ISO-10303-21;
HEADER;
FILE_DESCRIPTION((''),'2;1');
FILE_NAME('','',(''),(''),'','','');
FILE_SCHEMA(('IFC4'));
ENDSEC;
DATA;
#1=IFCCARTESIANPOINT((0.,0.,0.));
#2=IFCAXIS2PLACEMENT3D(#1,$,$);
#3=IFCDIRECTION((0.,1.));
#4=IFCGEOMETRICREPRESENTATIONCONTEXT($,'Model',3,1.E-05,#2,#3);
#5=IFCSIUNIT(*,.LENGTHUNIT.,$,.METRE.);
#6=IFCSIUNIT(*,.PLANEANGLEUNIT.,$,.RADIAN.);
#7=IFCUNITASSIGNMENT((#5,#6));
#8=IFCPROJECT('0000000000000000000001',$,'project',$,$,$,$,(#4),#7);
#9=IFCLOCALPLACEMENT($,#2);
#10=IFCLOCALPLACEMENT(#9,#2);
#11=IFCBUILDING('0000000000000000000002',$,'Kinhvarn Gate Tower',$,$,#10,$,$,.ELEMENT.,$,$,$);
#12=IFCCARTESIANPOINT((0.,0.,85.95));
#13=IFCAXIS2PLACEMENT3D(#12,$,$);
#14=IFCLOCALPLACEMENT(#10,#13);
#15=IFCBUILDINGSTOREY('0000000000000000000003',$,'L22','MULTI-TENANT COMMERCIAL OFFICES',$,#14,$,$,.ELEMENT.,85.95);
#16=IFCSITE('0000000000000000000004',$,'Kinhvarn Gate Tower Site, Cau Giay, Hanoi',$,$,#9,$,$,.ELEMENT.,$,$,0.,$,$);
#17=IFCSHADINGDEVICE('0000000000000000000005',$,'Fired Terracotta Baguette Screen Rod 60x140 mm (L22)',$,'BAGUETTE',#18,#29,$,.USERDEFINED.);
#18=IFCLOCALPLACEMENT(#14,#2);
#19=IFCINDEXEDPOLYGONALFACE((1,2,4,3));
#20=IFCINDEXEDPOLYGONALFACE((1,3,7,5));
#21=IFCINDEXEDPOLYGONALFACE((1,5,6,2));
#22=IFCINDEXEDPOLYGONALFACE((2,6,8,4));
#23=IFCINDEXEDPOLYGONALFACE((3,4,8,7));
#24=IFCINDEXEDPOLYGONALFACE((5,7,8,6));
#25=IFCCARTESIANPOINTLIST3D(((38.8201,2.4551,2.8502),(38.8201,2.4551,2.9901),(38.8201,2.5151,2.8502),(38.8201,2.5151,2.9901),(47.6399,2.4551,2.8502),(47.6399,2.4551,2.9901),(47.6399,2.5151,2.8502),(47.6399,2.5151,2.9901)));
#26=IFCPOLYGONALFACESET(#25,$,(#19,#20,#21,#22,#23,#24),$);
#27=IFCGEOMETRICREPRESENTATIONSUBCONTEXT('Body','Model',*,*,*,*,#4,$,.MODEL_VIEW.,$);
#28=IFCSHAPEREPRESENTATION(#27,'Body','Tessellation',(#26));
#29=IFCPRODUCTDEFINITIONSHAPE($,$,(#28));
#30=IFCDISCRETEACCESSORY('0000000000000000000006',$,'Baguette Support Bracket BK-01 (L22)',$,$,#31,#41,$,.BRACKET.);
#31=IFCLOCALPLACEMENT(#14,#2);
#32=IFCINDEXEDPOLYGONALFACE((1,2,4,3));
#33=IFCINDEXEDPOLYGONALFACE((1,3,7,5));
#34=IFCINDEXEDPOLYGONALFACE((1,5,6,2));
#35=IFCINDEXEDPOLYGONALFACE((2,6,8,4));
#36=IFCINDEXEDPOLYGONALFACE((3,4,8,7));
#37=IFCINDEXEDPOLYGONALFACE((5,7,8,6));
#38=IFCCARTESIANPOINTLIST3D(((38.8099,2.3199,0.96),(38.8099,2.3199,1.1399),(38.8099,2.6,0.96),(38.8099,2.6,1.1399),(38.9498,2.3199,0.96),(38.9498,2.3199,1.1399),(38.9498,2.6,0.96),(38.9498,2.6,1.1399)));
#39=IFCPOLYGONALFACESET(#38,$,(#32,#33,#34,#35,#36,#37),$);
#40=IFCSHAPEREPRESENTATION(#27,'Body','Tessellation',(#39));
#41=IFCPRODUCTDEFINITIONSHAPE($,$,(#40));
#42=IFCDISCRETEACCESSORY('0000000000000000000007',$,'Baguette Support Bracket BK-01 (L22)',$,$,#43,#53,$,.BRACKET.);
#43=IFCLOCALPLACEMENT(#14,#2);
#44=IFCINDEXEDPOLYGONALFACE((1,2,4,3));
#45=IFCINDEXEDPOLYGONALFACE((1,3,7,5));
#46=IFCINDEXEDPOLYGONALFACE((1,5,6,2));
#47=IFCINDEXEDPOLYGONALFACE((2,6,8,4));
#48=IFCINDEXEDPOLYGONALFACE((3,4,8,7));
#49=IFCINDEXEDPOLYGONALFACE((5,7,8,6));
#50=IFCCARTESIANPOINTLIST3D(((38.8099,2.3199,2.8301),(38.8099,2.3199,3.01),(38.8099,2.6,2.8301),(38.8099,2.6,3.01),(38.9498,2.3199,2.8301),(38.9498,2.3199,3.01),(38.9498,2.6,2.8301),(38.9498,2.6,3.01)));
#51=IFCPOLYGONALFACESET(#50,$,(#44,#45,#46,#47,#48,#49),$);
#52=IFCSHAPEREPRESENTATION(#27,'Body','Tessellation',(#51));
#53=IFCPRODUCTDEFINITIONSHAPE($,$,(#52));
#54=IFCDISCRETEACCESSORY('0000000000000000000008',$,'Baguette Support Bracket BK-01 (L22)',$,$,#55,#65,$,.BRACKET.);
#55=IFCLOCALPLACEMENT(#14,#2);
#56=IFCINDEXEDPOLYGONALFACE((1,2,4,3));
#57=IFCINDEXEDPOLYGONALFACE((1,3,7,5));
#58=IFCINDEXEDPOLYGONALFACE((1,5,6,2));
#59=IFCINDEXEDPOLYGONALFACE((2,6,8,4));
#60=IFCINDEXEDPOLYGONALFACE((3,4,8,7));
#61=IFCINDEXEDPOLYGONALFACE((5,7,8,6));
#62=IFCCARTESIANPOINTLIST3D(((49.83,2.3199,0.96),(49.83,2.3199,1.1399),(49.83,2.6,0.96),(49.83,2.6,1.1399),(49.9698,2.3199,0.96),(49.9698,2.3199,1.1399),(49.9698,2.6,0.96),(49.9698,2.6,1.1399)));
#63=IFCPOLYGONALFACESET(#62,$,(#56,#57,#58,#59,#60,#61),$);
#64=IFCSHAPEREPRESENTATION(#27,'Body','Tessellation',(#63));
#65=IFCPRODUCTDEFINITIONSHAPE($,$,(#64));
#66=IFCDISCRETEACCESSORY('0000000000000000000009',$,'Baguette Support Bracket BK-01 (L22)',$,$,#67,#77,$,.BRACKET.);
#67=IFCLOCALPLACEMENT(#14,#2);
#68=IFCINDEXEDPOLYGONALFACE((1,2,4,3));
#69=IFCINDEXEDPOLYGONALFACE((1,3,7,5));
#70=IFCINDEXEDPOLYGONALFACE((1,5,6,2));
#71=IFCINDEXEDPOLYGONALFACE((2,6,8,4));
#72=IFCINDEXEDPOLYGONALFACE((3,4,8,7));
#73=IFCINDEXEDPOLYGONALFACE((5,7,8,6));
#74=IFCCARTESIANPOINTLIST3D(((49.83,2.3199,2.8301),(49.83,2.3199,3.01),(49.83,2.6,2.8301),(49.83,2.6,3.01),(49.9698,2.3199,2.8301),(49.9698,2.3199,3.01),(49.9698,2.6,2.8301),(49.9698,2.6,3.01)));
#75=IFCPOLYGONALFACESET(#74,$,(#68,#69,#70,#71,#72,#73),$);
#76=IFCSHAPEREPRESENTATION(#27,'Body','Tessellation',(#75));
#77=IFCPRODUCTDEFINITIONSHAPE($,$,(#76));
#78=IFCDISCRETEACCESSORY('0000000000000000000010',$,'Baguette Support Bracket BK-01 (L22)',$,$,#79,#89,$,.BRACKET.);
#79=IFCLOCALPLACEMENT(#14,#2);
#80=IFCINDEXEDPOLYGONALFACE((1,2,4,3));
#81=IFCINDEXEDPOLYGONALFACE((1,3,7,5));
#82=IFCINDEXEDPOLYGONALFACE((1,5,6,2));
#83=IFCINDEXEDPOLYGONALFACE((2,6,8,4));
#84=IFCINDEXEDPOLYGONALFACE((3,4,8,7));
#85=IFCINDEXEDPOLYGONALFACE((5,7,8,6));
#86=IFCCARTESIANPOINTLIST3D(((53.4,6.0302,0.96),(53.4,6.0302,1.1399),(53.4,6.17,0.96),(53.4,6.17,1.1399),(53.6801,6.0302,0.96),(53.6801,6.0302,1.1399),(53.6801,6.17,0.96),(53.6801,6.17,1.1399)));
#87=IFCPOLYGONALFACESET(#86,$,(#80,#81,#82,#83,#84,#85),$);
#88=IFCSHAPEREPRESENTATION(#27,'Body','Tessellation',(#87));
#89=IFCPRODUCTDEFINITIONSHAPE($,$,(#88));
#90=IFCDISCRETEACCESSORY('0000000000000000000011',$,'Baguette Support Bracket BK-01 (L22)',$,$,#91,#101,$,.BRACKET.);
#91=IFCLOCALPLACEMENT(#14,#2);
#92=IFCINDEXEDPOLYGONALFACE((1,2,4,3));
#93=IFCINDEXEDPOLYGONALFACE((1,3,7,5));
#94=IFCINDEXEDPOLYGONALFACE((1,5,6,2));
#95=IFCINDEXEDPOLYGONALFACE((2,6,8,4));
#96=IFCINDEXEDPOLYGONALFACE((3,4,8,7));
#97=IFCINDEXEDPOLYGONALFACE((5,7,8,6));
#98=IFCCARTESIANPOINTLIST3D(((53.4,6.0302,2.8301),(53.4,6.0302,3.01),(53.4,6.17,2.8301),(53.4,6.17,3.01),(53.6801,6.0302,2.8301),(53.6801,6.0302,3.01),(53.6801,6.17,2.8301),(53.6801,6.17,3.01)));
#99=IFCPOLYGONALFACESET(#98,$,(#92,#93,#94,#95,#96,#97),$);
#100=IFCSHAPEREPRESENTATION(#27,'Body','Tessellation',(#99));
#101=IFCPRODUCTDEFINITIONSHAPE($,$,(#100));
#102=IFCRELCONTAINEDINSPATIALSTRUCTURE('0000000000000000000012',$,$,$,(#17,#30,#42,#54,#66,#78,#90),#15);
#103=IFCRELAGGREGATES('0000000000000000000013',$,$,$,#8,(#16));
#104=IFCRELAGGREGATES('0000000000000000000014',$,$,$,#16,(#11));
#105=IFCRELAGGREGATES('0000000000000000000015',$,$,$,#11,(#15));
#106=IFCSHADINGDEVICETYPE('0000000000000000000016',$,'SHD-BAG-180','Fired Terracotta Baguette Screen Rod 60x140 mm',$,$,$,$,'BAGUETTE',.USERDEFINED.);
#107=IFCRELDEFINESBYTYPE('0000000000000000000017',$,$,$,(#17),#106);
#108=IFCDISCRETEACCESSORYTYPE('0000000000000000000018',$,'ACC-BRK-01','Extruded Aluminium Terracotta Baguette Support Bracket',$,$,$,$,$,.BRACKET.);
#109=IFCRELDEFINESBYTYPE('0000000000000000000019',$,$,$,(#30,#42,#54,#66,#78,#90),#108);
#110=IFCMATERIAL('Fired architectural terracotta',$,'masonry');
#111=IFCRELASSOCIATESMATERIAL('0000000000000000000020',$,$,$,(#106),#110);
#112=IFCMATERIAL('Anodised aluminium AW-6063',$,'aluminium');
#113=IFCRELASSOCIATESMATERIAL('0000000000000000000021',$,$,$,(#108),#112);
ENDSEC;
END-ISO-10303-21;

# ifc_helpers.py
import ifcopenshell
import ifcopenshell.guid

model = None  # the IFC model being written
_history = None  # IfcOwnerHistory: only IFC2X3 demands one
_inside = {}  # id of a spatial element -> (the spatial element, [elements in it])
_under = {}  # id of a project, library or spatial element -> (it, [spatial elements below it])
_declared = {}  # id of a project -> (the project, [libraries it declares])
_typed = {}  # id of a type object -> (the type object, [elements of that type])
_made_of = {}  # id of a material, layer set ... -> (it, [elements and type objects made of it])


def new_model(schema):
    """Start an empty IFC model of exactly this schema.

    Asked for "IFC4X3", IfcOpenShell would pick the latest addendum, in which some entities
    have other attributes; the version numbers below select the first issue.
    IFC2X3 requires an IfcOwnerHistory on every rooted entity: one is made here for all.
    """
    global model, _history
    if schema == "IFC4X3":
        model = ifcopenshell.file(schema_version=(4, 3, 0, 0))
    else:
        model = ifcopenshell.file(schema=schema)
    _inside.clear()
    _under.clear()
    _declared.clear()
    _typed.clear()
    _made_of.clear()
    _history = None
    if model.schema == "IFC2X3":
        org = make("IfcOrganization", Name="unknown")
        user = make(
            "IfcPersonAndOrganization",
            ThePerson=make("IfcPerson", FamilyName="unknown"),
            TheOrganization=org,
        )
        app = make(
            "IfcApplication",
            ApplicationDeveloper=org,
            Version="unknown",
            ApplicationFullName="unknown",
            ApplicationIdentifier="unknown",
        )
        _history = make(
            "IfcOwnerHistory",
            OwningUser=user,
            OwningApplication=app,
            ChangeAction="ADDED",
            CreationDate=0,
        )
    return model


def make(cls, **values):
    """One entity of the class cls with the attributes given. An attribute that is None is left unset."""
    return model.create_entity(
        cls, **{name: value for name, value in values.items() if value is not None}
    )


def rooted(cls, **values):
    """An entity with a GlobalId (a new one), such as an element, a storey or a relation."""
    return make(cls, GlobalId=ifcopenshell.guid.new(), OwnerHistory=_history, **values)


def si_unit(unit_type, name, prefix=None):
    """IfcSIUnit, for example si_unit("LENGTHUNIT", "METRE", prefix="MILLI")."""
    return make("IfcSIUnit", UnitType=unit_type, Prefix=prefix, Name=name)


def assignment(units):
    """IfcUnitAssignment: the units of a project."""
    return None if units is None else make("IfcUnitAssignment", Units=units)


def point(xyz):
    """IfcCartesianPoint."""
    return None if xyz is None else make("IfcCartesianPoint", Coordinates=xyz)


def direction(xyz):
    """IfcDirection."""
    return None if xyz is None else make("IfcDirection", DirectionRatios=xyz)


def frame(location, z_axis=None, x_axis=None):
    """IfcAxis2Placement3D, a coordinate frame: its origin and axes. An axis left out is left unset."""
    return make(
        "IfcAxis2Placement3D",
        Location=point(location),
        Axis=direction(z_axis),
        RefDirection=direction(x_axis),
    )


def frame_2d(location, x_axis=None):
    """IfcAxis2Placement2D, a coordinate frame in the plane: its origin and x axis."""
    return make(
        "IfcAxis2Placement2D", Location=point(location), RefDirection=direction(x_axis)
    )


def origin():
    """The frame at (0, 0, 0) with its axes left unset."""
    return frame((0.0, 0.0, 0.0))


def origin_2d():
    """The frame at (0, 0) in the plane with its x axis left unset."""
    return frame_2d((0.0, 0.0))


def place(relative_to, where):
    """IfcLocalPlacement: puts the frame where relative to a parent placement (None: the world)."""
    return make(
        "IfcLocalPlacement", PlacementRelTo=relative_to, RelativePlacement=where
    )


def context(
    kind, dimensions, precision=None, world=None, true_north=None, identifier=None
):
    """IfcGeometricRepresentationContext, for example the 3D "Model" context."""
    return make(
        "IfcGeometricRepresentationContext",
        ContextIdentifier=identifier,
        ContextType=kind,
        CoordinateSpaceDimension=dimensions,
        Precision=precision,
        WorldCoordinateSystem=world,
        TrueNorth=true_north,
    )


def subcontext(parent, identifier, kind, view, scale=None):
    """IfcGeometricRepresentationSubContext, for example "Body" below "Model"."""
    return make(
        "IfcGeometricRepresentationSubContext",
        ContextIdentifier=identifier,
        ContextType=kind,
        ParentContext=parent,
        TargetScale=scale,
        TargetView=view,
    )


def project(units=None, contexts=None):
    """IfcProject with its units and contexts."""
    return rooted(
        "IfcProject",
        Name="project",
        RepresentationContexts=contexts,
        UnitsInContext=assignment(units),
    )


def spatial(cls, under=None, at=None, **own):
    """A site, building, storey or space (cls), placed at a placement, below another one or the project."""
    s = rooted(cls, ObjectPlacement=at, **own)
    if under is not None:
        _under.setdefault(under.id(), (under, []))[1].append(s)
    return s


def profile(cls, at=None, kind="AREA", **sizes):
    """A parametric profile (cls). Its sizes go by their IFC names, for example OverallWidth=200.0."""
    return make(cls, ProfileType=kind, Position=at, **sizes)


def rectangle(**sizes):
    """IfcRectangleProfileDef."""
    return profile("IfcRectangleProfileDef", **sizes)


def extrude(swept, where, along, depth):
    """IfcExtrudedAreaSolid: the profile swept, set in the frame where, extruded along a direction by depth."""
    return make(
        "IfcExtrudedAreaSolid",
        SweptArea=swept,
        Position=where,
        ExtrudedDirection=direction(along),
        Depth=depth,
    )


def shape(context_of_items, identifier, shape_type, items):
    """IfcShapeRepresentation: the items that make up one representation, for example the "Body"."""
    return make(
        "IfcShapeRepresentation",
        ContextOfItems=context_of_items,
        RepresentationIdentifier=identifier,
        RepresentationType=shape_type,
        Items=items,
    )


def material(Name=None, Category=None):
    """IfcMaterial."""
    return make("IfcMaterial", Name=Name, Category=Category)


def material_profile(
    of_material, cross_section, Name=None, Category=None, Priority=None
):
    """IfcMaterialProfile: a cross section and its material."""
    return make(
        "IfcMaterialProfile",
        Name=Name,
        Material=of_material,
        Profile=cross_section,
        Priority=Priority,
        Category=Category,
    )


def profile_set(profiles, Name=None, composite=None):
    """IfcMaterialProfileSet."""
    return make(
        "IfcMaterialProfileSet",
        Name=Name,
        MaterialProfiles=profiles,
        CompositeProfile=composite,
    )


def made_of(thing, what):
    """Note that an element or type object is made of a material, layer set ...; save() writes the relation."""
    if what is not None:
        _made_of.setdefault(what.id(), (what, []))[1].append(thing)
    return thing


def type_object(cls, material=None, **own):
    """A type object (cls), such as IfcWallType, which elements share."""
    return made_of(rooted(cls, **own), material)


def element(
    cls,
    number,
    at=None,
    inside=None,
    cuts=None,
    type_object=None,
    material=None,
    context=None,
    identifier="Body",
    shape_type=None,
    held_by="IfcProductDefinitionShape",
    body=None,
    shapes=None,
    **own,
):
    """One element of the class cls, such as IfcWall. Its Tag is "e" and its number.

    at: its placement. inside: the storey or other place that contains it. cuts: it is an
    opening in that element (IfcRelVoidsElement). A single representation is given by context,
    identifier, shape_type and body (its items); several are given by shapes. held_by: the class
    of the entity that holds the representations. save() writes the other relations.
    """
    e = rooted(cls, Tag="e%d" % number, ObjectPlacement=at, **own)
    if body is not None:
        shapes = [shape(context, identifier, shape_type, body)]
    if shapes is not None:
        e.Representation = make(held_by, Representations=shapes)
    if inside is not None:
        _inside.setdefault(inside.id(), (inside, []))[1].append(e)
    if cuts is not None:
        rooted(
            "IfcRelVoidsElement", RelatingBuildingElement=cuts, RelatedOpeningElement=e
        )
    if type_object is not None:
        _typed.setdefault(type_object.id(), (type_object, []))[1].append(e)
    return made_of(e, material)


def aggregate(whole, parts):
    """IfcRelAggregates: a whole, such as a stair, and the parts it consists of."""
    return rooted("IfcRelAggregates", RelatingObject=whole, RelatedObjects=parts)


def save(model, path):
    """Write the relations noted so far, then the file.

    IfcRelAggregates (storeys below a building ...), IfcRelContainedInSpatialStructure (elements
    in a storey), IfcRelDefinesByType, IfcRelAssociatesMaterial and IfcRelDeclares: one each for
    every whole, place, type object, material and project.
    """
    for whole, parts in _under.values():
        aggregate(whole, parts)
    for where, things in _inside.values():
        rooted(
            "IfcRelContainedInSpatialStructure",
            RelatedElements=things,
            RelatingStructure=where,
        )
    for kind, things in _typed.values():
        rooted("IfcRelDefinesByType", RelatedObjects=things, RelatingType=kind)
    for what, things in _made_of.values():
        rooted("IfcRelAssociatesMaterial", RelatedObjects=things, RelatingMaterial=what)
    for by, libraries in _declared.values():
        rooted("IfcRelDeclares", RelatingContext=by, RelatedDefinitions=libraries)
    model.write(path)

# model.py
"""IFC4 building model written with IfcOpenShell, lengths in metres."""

from ifc_helpers import new_model, si_unit, direction, frame, origin, origin_2d, place, context, subcontext, project, spatial, rectangle, extrude, material, material_profile, profile_set, type_object, element, save


model = new_model("IFC4")

# Units and contexts
model_context = context("Model", 3, precision=1e-05, world=origin(), true_north=direction((0.0, 1.0)))
body_context = subcontext(model_context, "Body", "Model", "MODEL_VIEW")
ifc_project = project(units=[si_unit("LENGTHUNIT", "METRE"), si_unit("PLANEANGLEUNIT", "RADIAN")], contexts=[model_context])

# Site, building, storey
site_placement = place(None, origin())
site = spatial("IfcSite", under=ifc_project, at=site_placement, Name="Kinhvarn Gate Tower Site, Cau Giay, Hanoi", CompositionType="ELEMENT", RefElevation=0.0)
building_placement = place(site_placement, origin())
building = spatial("IfcBuilding", under=site, at=building_placement, Name="Kinhvarn Gate Tower", CompositionType="ELEMENT")
storey_placement = place(building_placement, frame((0.0, 0.0, 85.95)))
storey = spatial("IfcBuildingStorey", under=building, at=storey_placement, Name="L22", Description="MULTI-TENANT COMMERCIAL OFFICES", CompositionType="ELEMENT", Elevation=85.95)

# Shared definitions
ifc_material_1 = material(Name="Anodised aluminium AW-6063", Category="aluminium")

# Shared definitions
ifc_material_2 = material(Name="Fired architectural terracotta", Category="masonry")

# Shading device
ifc_material_profile_1 = material_profile(ifc_material_2, rectangle(XDim=0.0601, YDim=0.1399, at=origin_2d()), Name="TC 60x140")
ifc_profile_set_1 = profile_set([ifc_material_profile_1], Name="Fired architectural terracotta")
shading_device_type = type_object("IfcShadingDeviceType", Name="SHD-BAG-180", Description="Fired Terracotta Baguette Screen Rod 60x140 mm", ElementType="BAGUETTE", PredefinedType="USERDEFINED", material=ifc_profile_set_1)
for number, where, z_axis, x_axis, name in (
    (1, (38.8201, 2.4851, 2.9202), (1.0, 0.0, 0.0), (0.0, 1.0, 0.0), "Fired Terracotta Baguette Screen Rod 60x140 mm (L22)"),
):
    element("IfcShadingDevice", number, at=place(storey_placement, frame(where, z_axis=z_axis, x_axis=x_axis)), inside=storey, type_object=shading_device_type, Name=name, ObjectType="BAGUETTE", PredefinedType="USERDEFINED", context=body_context, shape_type="SweptSolid", body=[
        extrude(rectangle(XDim=0.0601, YDim=0.1399, at=origin_2d()), origin(), (0.0, 0.0, 1.0), 8.8198),
    ])

# Discrete accessories
discrete_accessory_type = type_object("IfcDiscreteAccessoryType", Name="ACC-BRK-01", Description="Extruded Aluminium Terracotta Baguette Support Bracket", PredefinedType="BRACKET", material=ifc_material_1)
for number, where, z_axis, x_axis, name in (
    (2, (38.8799, 2.46, 0.96), (0.0, 0.0, 1.0), (1.0, 0.0, 0.0), "Baguette Support Bracket BK-01 (L22)"),
    (3, (38.8799, 2.46, 2.8301), (0.0, 0.0, 1.0), (1.0, 0.0, 0.0), "Baguette Support Bracket BK-01 (L22)"),
    (4, (49.8999, 2.46, 0.96), (0.0, 0.0, 1.0), (1.0, 0.0, 0.0), "Baguette Support Bracket BK-01 (L22)"),
    (5, (49.8999, 2.46, 2.8301), (0.0, 0.0, 1.0), (1.0, 0.0, 0.0), "Baguette Support Bracket BK-01 (L22)"),
    (6, (53.54, 6.1001, 0.96), (0.0, 0.0, 1.0), (0.0, 1.0, 0.0), "Baguette Support Bracket BK-01 (L22)"),
    (7, (53.54, 6.1001, 2.8301), (0.0, 0.0, 1.0), (0.0, 1.0, 0.0), "Baguette Support Bracket BK-01 (L22)"),
):
    element("IfcDiscreteAccessory", number, at=place(storey_placement, frame(where, z_axis=z_axis, x_axis=x_axis)), inside=storey, type_object=discrete_accessory_type, Name=name, PredefinedType="BRACKET", context=body_context, shape_type="SweptSolid", body=[
        extrude(rectangle(XDim=0.1399, YDim=0.28, at=origin_2d()), origin(), (0.0, 0.0, 1.0), 0.1799),
    ])

save(model, "model.ifc")
